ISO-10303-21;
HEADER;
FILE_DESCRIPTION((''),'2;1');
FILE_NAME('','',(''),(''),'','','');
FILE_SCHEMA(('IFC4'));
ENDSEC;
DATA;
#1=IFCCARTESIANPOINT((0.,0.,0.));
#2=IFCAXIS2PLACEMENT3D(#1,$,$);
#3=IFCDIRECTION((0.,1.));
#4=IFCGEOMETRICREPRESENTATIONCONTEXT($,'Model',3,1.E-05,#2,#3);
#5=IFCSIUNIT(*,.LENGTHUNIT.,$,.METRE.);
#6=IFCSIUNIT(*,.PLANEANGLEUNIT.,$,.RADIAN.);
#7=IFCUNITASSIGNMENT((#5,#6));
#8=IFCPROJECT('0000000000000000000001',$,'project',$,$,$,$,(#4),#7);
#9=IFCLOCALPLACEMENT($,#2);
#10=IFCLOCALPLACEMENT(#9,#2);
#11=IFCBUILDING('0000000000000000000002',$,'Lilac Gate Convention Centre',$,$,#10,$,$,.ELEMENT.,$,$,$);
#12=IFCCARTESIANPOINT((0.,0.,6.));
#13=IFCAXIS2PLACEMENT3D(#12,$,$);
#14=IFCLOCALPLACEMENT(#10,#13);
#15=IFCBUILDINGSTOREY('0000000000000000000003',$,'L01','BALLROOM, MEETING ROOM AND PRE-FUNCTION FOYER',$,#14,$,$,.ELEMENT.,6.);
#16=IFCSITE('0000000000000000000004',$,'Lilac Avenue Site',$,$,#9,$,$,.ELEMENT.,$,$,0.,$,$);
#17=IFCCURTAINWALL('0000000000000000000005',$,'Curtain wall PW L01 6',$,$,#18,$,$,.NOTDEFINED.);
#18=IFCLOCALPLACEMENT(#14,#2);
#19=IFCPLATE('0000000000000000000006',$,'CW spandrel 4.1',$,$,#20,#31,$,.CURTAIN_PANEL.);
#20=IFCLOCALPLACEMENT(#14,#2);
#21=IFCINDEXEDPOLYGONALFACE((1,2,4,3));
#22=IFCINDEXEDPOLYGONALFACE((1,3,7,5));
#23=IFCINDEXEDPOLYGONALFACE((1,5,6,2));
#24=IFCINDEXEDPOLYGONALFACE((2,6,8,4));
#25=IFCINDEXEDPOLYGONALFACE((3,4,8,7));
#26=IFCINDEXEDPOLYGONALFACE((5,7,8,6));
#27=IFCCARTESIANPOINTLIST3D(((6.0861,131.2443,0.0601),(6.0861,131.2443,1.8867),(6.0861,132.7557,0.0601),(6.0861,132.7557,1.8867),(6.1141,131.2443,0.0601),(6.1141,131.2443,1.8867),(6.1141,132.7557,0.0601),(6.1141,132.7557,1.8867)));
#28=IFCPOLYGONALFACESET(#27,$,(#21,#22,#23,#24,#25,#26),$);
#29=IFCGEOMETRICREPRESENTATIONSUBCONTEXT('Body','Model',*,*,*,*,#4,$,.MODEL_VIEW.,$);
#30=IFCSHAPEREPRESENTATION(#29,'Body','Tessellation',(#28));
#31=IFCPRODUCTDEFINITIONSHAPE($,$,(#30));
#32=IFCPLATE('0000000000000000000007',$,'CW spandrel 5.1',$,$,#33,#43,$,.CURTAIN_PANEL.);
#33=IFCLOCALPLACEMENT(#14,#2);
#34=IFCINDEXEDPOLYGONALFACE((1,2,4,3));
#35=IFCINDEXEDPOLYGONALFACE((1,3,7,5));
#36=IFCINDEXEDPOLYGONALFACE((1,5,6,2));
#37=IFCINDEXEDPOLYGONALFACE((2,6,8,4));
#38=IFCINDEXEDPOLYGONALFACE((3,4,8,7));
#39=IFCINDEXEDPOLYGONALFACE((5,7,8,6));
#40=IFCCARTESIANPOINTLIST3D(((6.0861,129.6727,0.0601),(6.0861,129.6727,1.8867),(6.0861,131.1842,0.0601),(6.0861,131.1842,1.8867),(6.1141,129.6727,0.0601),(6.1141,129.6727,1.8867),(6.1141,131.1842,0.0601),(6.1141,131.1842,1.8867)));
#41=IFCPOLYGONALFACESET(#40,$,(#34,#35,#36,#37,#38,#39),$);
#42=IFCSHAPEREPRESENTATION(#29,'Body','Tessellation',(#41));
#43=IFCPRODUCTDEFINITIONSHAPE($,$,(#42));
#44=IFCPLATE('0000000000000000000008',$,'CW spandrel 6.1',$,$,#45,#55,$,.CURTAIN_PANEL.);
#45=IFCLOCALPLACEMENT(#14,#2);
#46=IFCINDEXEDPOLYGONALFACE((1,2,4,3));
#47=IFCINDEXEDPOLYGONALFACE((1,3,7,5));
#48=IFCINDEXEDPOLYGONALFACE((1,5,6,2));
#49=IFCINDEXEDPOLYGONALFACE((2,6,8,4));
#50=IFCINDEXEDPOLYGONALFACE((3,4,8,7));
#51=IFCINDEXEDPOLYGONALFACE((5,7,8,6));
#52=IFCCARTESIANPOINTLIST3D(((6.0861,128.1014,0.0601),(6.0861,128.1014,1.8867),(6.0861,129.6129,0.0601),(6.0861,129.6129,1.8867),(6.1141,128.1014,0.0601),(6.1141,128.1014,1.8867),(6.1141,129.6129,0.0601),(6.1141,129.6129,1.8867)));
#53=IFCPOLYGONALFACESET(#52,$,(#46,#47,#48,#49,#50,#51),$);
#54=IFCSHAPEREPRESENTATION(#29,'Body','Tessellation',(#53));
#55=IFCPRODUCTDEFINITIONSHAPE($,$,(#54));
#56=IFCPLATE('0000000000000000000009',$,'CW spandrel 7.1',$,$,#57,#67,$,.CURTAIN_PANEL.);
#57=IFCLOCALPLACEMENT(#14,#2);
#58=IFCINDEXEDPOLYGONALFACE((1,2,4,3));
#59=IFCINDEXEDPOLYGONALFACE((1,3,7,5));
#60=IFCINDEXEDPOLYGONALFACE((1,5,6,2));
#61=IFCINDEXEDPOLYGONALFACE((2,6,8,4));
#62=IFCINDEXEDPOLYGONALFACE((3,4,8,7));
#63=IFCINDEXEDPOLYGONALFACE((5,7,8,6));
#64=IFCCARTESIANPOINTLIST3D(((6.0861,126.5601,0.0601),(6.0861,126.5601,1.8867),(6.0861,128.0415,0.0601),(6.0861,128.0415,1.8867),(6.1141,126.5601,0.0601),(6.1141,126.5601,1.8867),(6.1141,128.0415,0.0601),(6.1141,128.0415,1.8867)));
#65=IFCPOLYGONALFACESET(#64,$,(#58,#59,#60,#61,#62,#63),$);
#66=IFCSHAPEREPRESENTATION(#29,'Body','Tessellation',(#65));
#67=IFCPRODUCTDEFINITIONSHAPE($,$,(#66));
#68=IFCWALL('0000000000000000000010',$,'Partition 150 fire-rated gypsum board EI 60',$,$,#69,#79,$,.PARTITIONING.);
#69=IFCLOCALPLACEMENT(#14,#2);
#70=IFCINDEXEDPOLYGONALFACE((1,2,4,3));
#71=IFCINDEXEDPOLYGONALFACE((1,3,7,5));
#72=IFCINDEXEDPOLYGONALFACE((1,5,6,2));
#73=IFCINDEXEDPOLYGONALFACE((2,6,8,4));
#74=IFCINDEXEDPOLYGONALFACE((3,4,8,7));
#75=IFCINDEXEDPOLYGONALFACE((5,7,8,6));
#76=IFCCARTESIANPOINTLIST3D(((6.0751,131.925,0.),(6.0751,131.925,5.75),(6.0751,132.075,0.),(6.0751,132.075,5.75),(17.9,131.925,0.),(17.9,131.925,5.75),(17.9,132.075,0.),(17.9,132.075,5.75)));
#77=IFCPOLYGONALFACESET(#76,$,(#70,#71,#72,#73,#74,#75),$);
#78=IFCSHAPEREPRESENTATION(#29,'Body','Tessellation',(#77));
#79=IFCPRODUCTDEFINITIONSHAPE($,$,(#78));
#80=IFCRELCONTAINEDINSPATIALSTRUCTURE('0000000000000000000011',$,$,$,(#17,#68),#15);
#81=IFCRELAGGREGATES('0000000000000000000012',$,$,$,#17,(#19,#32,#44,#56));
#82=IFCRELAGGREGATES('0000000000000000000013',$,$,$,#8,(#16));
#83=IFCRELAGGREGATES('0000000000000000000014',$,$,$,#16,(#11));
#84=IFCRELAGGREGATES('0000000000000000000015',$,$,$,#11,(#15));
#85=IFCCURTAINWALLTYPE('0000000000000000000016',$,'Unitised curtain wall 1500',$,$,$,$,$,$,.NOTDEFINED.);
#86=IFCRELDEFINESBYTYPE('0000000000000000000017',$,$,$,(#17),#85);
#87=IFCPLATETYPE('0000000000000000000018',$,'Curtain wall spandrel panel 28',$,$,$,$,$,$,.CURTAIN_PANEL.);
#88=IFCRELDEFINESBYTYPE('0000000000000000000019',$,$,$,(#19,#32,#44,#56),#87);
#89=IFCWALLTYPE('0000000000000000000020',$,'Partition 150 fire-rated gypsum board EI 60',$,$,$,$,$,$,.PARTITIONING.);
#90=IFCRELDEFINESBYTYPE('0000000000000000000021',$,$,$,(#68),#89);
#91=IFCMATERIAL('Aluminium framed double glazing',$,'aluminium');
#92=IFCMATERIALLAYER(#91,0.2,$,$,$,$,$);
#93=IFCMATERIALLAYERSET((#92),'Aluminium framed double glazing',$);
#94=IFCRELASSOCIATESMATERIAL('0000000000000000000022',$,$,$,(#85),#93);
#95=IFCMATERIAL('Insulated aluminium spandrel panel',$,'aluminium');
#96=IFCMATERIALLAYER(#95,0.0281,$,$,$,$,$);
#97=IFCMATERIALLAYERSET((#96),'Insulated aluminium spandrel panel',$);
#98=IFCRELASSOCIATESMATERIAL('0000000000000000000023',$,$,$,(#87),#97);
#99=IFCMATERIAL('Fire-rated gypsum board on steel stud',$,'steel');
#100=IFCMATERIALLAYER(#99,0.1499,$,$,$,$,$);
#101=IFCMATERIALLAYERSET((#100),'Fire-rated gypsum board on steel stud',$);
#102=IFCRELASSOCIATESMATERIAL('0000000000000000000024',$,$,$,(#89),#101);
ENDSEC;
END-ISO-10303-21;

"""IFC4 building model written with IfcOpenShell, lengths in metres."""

from ifc_helpers import new_model, si_unit, direction, frame, frame_2d, origin, origin_2d, place, context, subcontext, project, spatial, rectangle, extrude, material, layer, layer_set, type_object, element, aggregate, save


model = new_model("IFC4")

# Units and contexts
model_context = context("Model", 3, precision=1e-05, world=origin(), true_north=direction((0.0, 1.0)))
body_context = subcontext(model_context, "Body", "Model", "MODEL_VIEW")
ifc_project = project(units=[si_unit("LENGTHUNIT", "METRE"), si_unit("PLANEANGLEUNIT", "RADIAN")], contexts=[model_context])

# Site, building, storey
site_placement = place(None, origin())
site = spatial("IfcSite", under=ifc_project, at=site_placement, Name="Lilac Avenue Site", CompositionType="ELEMENT", RefElevation=0.0)
building_placement = place(site_placement, origin())
building = spatial("IfcBuilding", under=site, at=building_placement, Name="Lilac Gate Convention Centre", CompositionType="ELEMENT")
storey_placement = place(building_placement, frame((0.0, 0.0, 6.0)))
storey = spatial("IfcBuildingStorey", under=building, at=storey_placement, Name="L01", Description="BALLROOM, MEETING ROOM AND PRE-FUNCTION FOYER", CompositionType="ELEMENT", Elevation=6.0)

# Curtain wall, plates
ifc_material_1 = material(Name="Aluminium framed double glazing", Category="aluminium")
ifc_layer_1 = layer(ifc_material_1, 0.2)
ifc_layer_set_1 = layer_set([ifc_layer_1], Name="Aluminium framed double glazing")
curtain_wall_type = type_object("IfcCurtainWallType", Name="Unitised curtain wall 1500", PredefinedType="NOTDEFINED", material=ifc_layer_set_1)
curtain_wall_placement = place(storey_placement, origin())
curtain_wall = element("IfcCurtainWall", 1, at=curtain_wall_placement, inside=storey, type_object=curtain_wall_type, Name="Curtain wall PW L01 6", PredefinedType="NOTDEFINED")
ifc_material_2 = material(Name="Insulated aluminium spandrel panel", Category="aluminium")
ifc_layer_2 = layer(ifc_material_2, 0.0281)
ifc_layer_set_2 = layer_set([ifc_layer_2], Name="Insulated aluminium spandrel panel")
plate_type_1 = type_object("IfcPlateType", Name="Curtain wall spandrel panel 28", PredefinedType="CURTAIN_PANEL", material=ifc_layer_set_2)
plate_1_placement = place(storey_placement, frame((6.1001, 132.0, 0.0601), z_axis=(0.0, 0.0, 1.0), x_axis=(0.0, -1.0, 0.0)))
plate_1 = element("IfcPlate", 2, at=plate_1_placement, type_object=plate_type_1, Name="CW spandrel 4.1", PredefinedType="CURTAIN_PANEL", context=body_context, shape_type="SweptSolid", body=[
    extrude(rectangle(XDim=1.5115, YDim=0.0281, at=origin_2d()), origin(), (0.0, 0.0, 1.0), 1.8267),
])
plate_2_placement = place(storey_placement, frame((6.1001, 130.4285, 0.0601), z_axis=(0.0, 0.0, 1.0), x_axis=(0.0, -1.0, 0.0)))
plate_2 = element("IfcPlate", 3, at=plate_2_placement, type_object=plate_type_1, Name="CW spandrel 5.1", PredefinedType="CURTAIN_PANEL", context=body_context, shape_type="SweptSolid", body=[
    extrude(rectangle(XDim=1.5115, YDim=0.0281, at=origin_2d()), origin(), (0.0, 0.0, 1.0), 1.8267),
])
plate_3_placement = place(storey_placement, frame((6.1001, 128.8572, 0.0601), z_axis=(0.0, 0.0, 1.0), x_axis=(0.0, -1.0, 0.0)))
plate_3 = element("IfcPlate", 4, at=plate_3_placement, type_object=plate_type_1, Name="CW spandrel 6.1", PredefinedType="CURTAIN_PANEL", context=body_context, shape_type="SweptSolid", body=[
    extrude(rectangle(XDim=1.5115, YDim=0.0281, at=origin_2d()), origin(), (0.0, 0.0, 1.0), 1.8267),
])
plate_4_placement = place(storey_placement, frame((6.1001, 127.3008, 0.0601), z_axis=(0.0, 0.0, 1.0), x_axis=(0.0, -1.0, 0.0)))
plate_4 = element("IfcPlate", 5, at=plate_4_placement, type_object=plate_type_1, Name="CW spandrel 7.1", PredefinedType="CURTAIN_PANEL", context=body_context, shape_type="SweptSolid", body=[
    extrude(rectangle(XDim=1.4814, YDim=0.0281, at=origin_2d()), origin(), (0.0, 0.0, 1.0), 1.8267),
])
aggregate(curtain_wall, [plate_1, plate_2, plate_3, plate_4])

# Wall
ifc_material_3 = material(Name="Fire-rated gypsum board on steel stud", Category="steel")
ifc_layer_3 = layer(ifc_material_3, 0.1499)
ifc_layer_set_3 = layer_set([ifc_layer_3], Name="Fire-rated gypsum board on steel stud")
wall_type = type_object("IfcWallType", Name="Partition 150 fire-rated gypsum board EI 60", PredefinedType="PARTITIONING", material=ifc_layer_set_3)
wall_placement = place(storey_placement, frame((6.075, 132.0, 0.0), z_axis=(0.0, 0.0, 1.0), x_axis=(1.0, 0.0, 0.0)))
element("IfcWall", 6, at=wall_placement, inside=storey, type_object=wall_type, Name="Partition 150 fire-rated gypsum board EI 60", PredefinedType="PARTITIONING", context=body_context, shape_type="SweptSolid", body=[
    extrude(rectangle(XDim=11.825, YDim=0.1499, at=frame_2d((5.9126, 0.0))), origin(), (0.0, 0.0, 1.0), 5.75),
])

save(model, "model.ifc")
